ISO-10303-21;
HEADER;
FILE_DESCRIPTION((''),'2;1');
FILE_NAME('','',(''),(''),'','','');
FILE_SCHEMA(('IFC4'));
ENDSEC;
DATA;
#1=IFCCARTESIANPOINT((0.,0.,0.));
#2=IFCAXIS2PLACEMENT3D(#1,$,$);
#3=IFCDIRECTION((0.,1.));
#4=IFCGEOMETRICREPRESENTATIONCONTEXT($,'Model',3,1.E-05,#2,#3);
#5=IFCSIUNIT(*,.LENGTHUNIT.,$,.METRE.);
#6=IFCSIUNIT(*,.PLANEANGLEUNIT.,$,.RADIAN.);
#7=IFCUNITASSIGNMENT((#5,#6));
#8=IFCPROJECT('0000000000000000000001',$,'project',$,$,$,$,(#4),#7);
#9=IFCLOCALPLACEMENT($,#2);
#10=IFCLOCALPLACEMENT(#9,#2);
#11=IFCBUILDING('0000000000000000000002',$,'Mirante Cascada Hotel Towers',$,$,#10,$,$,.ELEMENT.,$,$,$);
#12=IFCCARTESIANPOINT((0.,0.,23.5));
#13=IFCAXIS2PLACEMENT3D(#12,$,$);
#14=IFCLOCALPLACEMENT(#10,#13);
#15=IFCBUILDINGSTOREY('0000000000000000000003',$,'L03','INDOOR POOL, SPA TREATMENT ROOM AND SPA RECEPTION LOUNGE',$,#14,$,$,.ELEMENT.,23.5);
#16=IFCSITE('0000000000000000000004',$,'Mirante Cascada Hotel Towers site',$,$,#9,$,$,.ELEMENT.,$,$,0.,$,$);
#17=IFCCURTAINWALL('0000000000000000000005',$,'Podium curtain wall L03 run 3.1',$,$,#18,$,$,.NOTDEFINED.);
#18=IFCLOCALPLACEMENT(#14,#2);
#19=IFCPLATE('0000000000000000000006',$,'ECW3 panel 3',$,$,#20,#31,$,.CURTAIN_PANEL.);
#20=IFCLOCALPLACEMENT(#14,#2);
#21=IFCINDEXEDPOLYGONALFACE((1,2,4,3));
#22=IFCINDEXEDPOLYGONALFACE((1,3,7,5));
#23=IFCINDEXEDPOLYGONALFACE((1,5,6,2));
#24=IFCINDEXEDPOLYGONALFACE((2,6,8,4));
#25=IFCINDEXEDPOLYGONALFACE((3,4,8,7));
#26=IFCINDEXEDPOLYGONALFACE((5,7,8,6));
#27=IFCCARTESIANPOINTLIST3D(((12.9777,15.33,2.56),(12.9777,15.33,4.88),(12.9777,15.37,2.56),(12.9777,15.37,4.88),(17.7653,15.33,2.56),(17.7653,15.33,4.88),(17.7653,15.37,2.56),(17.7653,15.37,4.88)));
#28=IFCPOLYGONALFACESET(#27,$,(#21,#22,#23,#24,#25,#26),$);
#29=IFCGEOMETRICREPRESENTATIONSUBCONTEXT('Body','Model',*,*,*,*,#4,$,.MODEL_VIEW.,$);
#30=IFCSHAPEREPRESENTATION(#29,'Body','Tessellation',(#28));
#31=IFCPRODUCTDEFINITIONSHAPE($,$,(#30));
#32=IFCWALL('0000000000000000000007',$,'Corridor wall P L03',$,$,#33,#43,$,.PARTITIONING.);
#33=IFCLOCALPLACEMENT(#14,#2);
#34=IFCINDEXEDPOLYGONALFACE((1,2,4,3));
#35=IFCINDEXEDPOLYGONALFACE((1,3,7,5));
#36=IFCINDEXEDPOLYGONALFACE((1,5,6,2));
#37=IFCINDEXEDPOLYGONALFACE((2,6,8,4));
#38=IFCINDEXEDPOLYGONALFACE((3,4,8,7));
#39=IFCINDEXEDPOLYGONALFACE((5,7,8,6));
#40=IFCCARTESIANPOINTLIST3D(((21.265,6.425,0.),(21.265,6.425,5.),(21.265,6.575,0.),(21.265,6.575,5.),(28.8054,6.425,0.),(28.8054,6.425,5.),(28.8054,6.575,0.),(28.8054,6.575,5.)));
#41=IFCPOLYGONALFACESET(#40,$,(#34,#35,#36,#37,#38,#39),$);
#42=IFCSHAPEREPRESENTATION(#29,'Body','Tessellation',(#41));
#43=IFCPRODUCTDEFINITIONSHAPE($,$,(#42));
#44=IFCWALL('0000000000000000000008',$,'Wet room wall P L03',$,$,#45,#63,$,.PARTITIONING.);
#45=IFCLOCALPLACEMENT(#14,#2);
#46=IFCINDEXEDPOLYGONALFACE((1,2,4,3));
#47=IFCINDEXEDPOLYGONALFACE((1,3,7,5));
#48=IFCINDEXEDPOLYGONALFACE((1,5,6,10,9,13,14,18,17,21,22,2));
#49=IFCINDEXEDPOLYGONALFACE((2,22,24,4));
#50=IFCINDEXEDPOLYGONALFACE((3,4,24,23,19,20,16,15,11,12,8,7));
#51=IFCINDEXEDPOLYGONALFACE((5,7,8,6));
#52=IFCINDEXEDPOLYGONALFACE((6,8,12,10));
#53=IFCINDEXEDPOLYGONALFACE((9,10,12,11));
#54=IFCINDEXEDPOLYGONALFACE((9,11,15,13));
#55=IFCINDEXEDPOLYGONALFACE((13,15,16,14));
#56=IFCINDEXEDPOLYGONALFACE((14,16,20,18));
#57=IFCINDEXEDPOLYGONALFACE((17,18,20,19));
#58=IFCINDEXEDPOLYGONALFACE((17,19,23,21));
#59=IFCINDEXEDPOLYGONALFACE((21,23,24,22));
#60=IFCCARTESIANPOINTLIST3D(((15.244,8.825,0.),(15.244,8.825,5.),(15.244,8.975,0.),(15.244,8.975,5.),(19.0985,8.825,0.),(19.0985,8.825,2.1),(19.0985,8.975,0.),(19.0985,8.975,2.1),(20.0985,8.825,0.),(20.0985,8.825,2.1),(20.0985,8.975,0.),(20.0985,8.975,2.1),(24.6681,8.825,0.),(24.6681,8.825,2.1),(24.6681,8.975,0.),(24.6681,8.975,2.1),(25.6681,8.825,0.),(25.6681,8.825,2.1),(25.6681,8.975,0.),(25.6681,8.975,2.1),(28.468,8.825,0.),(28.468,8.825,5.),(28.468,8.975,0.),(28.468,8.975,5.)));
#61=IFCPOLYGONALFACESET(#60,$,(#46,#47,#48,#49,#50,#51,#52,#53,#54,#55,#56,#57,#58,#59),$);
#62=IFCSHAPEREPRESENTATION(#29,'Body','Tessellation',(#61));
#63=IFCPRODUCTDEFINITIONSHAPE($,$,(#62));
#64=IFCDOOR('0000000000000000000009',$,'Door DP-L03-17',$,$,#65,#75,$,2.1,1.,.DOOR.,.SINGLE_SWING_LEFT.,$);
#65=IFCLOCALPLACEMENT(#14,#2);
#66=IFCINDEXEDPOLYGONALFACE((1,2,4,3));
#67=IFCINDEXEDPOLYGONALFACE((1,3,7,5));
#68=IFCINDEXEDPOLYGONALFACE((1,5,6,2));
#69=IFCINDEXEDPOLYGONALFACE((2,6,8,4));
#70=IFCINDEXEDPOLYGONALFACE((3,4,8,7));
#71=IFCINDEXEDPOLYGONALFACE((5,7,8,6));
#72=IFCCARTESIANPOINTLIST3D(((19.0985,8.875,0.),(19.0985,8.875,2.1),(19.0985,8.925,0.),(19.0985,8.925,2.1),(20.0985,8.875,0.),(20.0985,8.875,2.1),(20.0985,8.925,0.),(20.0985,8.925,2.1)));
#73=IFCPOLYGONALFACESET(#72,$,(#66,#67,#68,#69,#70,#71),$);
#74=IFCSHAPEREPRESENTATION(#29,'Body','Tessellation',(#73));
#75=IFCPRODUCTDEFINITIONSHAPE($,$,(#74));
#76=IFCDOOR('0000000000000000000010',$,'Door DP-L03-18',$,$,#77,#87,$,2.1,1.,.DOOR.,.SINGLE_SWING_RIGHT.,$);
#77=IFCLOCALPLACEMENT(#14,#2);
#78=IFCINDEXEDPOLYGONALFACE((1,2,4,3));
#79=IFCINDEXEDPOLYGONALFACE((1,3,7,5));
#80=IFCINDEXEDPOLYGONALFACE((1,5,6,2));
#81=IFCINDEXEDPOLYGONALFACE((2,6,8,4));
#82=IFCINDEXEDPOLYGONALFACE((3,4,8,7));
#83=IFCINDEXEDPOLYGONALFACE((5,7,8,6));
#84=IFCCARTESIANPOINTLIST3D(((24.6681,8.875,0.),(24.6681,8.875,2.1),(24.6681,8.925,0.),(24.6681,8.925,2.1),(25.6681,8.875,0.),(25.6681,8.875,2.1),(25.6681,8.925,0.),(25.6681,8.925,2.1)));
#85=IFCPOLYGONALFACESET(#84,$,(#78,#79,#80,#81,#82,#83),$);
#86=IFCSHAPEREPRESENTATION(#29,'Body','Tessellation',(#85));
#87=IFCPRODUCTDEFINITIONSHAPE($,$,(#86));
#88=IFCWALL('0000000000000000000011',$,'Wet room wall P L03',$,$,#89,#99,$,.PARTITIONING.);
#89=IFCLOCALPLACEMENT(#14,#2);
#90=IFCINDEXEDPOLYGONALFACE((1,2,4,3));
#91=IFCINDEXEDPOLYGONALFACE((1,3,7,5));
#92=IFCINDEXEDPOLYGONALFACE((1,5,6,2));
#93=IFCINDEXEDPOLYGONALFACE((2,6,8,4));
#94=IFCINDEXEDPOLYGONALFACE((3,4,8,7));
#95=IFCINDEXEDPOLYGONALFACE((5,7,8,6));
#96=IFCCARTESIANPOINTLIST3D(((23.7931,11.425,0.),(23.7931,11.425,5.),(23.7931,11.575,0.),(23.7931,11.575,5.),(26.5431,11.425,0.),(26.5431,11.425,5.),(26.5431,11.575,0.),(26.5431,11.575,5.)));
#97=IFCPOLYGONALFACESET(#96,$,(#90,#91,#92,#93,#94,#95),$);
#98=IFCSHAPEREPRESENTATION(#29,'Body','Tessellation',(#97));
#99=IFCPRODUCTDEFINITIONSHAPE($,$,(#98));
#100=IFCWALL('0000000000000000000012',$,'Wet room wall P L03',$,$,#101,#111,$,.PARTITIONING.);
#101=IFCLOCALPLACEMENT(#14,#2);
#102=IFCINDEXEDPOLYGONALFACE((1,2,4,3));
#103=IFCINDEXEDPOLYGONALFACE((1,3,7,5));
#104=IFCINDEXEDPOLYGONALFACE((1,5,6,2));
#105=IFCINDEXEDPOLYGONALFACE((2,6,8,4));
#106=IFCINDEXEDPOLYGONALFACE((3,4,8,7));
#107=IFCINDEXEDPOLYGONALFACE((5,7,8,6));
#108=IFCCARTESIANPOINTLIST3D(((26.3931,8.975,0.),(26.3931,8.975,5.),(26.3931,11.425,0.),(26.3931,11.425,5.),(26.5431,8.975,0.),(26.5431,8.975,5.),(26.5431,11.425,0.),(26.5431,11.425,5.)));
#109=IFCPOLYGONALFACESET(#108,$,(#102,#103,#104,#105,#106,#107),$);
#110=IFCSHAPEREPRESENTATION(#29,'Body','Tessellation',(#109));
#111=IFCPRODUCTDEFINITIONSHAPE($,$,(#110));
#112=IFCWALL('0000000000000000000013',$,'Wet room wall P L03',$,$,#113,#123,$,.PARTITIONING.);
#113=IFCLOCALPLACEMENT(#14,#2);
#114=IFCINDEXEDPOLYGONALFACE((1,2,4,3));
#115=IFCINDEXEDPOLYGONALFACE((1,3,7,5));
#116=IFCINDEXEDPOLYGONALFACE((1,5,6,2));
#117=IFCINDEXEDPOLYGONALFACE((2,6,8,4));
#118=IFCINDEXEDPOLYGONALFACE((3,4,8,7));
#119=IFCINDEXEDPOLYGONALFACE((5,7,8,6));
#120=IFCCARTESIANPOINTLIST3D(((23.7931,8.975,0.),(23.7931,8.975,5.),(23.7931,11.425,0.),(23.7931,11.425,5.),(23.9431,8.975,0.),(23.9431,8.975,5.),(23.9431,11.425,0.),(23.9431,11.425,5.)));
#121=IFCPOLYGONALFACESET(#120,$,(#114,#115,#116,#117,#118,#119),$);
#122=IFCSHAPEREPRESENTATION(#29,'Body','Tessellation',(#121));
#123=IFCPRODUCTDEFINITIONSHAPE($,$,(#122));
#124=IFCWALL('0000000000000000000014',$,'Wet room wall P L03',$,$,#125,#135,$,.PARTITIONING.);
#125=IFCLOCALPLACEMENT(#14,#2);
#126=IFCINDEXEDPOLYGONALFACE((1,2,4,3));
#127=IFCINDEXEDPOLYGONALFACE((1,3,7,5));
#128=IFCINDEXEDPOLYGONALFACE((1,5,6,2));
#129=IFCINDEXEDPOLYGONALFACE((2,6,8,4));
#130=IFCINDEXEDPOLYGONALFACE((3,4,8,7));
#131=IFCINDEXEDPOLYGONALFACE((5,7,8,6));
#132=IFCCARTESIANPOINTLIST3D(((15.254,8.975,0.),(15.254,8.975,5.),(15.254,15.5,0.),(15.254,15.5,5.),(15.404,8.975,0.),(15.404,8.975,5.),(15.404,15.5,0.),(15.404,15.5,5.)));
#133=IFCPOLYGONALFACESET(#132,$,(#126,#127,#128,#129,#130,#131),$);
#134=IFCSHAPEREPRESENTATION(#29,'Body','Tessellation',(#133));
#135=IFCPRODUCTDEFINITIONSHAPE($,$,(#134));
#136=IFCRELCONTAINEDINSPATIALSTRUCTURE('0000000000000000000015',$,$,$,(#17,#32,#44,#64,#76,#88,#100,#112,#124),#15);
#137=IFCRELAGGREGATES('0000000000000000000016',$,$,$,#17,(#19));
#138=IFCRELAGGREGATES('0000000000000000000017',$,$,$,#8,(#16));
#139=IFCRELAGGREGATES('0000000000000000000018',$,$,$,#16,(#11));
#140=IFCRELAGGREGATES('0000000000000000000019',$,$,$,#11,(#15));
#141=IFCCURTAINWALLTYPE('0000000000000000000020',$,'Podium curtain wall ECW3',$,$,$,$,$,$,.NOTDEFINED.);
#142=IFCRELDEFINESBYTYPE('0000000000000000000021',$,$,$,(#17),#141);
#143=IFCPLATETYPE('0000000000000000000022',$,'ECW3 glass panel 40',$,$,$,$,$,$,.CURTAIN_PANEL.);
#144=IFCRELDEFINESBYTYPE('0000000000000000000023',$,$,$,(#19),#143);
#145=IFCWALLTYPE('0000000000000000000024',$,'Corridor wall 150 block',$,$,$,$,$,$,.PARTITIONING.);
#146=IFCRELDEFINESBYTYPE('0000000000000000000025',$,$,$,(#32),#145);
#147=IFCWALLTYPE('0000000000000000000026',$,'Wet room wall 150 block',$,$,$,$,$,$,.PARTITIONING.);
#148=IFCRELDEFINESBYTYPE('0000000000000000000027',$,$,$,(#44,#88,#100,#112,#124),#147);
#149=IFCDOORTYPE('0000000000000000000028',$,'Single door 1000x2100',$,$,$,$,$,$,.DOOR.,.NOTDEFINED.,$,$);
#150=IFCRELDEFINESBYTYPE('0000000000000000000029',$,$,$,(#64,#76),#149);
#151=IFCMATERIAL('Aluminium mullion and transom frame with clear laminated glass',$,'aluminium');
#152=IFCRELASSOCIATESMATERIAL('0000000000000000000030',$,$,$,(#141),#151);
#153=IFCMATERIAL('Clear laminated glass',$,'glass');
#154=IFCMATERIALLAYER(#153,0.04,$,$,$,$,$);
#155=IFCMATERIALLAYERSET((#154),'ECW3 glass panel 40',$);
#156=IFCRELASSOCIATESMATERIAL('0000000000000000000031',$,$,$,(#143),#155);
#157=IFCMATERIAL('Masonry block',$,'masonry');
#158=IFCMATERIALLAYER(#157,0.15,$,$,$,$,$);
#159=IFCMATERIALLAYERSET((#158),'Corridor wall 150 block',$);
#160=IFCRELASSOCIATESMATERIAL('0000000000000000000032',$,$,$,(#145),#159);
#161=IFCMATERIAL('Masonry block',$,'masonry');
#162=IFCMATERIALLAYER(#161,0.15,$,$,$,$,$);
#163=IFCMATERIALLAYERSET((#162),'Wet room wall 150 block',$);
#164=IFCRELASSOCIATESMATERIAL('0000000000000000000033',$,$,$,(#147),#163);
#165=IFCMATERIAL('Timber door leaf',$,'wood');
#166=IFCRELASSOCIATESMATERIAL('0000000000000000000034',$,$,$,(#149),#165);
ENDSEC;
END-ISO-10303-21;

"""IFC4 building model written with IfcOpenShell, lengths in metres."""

from ifc_helpers import new_model, si_unit, direction, frame, frame_2d, origin, origin_2d, place, context, subcontext, project, spatial, rectangle, extrude, material, layer, layer_set, type_object, element, fill, aggregate, save


model = new_model("IFC4")

# Units and contexts
model_context = context("Model", 3, precision=1e-05, world=origin(), true_north=direction((0.0, 1.0)))
body_context = subcontext(model_context, "Body", "Model", "MODEL_VIEW")
ifc_project = project(units=[si_unit("LENGTHUNIT", "METRE"), si_unit("PLANEANGLEUNIT", "RADIAN")], contexts=[model_context])

# Site, building, storey
site_placement = place(None, origin())
site = spatial("IfcSite", under=ifc_project, at=site_placement, Name="Mirante Cascada Hotel Towers site", CompositionType="ELEMENT", RefElevation=0.0)
building_placement = place(site_placement, origin())
building = spatial("IfcBuilding", under=site, at=building_placement, Name="Mirante Cascada Hotel Towers", CompositionType="ELEMENT")
storey_placement = place(building_placement, frame((0.0, 0.0, 23.5)))
storey = spatial("IfcBuildingStorey", under=building, at=storey_placement, Name="L03", Description="INDOOR POOL, SPA TREATMENT ROOM AND SPA RECEPTION LOUNGE", CompositionType="ELEMENT", Elevation=23.5)

# Curtain wall, plate
ifc_material_1 = material(Name="Aluminium mullion and transom frame with clear laminated glass", Category="aluminium")
curtain_wall_type = type_object("IfcCurtainWallType", Name="Podium curtain wall ECW3", PredefinedType="NOTDEFINED", material=ifc_material_1)
curtain_wall_placement = place(storey_placement, origin())
curtain_wall = element("IfcCurtainWall", 1, at=curtain_wall_placement, inside=storey, type_object=curtain_wall_type, Name="Podium curtain wall L03 run 3.1", PredefinedType="NOTDEFINED")
ifc_material_2 = material(Name="Clear laminated glass", Category="glass")
ifc_layer_1 = layer(ifc_material_2, 0.04)
ifc_layer_set_1 = layer_set([ifc_layer_1], Name="ECW3 glass panel 40")
plate_type = type_object("IfcPlateType", Name="ECW3 glass panel 40", PredefinedType="CURTAIN_PANEL", material=ifc_layer_set_1)
plate_1_placement = place(storey_placement, frame((15.3715, 15.35, 2.56), z_axis=(0.0, 0.0, 1.0), x_axis=(-1.0, 0.0, 0.0)))
plate_1 = element("IfcPlate", 2, at=plate_1_placement, type_object=plate_type, Name="ECW3 panel 3", PredefinedType="CURTAIN_PANEL", context=body_context, shape_type="SweptSolid", body=[
    extrude(rectangle(XDim=4.7876, YDim=0.04, at=origin_2d()), origin(), (0.0, 0.0, 1.0), 2.32),
])
aggregate(curtain_wall, [plate_1])

# Wall
ifc_material_3 = material(Name="Masonry block", Category="masonry")
ifc_layer_2 = layer(ifc_material_3, 0.15)
ifc_layer_set_2 = layer_set([ifc_layer_2], Name="Corridor wall 150 block")
wall_type_1 = type_object("IfcWallType", Name="Corridor wall 150 block", PredefinedType="PARTITIONING", material=ifc_layer_set_2)
wall_1_placement = place(storey_placement, frame((21.265, 6.5, 0.0), z_axis=(0.0, 0.0, 1.0), x_axis=(1.0, 0.0, 0.0)))
element("IfcWall", 3, at=wall_1_placement, inside=storey, type_object=wall_type_1, Name="Corridor wall P L03", PredefinedType="PARTITIONING", context=body_context, shape_type="SweptSolid", body=[
    extrude(rectangle(XDim=7.5404, YDim=0.15, at=frame_2d((3.7702, 0.0))), origin(), (0.0, 0.0, 1.0), 5.0),
])

# Wall, openings, doors
ifc_material_4 = material(Name="Masonry block", Category="masonry")
ifc_layer_3 = layer(ifc_material_4, 0.15)
ifc_layer_set_3 = layer_set([ifc_layer_3], Name="Wet room wall 150 block")
wall_type_2 = type_object("IfcWallType", Name="Wet room wall 150 block", PredefinedType="PARTITIONING", material=ifc_layer_set_3)
wall_2_placement = place(storey_placement, frame((15.244, 8.9, 0.0), z_axis=(0.0, 0.0, 1.0), x_axis=(1.0, 0.0, 0.0)))
wall_2 = element("IfcWall", 4, at=wall_2_placement, inside=storey, type_object=wall_type_2, Name="Wet room wall P L03", PredefinedType="PARTITIONING", context=body_context, shape_type="SweptSolid", body=[
    extrude(rectangle(XDim=13.2241, YDim=0.15, at=frame_2d((6.612, 0.0))), origin(), (0.0, 0.0, 1.0), 5.0),
])
opening_1_placement = place(wall_2_placement, frame((3.8545, 0.0, 0.0)))
opening_1 = element("IfcOpeningElement", 5, at=opening_1_placement, cuts=wall_2, PredefinedType="OPENING", context=body_context, shape_type="SweptSolid", body=[
    extrude(rectangle(XDim=1.0, YDim=2.1, at=frame_2d((0.5, 1.05))), frame((0.0, 0.075, 0.0), z_axis=(0.0, -1.0, 0.0), x_axis=(1.0, 0.0, 0.0)), (0.0, 0.0, 1.0), 0.15),
])
opening_2_placement = place(wall_2_placement, frame((9.4241, 0.0, 0.0)))
opening_2 = element("IfcOpeningElement", 6, at=opening_2_placement, cuts=wall_2, PredefinedType="OPENING", context=body_context, shape_type="SweptSolid", body=[
    extrude(rectangle(XDim=1.0, YDim=2.1, at=frame_2d((0.5, 1.05))), frame((0.0, 0.075, 0.0), z_axis=(0.0, -1.0, 0.0), x_axis=(1.0, 0.0, 0.0)), (0.0, 0.0, 1.0), 0.15),
])
ifc_material_5 = material(Name="Timber door leaf", Category="wood")
door_type = type_object("IfcDoorType", Name="Single door 1000x2100", OperationType="NOTDEFINED", PredefinedType="DOOR", material=ifc_material_5)
door_1_placement = place(opening_1_placement, origin())
door_1 = element("IfcDoor", 7, at=door_1_placement, inside=storey, type_object=door_type, Name="Door DP-L03-17", OperationType="SINGLE_SWING_LEFT", OverallHeight=2.1, OverallWidth=1.0, PredefinedType="DOOR", context=body_context, shape_type="SweptSolid", body=[
    extrude(rectangle(XDim=1.0, YDim=2.1, at=frame_2d((0.5, 1.05))), frame((0.0, 0.025, 0.0), z_axis=(0.0, -1.0, 0.0), x_axis=(1.0, 0.0, 0.0)), (0.0, 0.0, 1.0), 0.05),
])
fill(opening_1, door_1)
door_2_placement = place(opening_2_placement, origin())
door_2 = element("IfcDoor", 8, at=door_2_placement, inside=storey, type_object=door_type, Name="Door DP-L03-18", OperationType="SINGLE_SWING_RIGHT", OverallHeight=2.1, OverallWidth=1.0, PredefinedType="DOOR", context=body_context, shape_type="SweptSolid", body=[
    extrude(rectangle(XDim=1.0, YDim=2.1, at=frame_2d((0.5, 1.05))), frame((0.0, 0.025, 0.0), z_axis=(0.0, -1.0, 0.0), x_axis=(1.0, 0.0, 0.0)), (0.0, 0.0, 1.0), 0.05),
])
fill(opening_2, door_2)

# Walls
wall_3_placement = place(storey_placement, frame((23.7931, 11.5, 0.0), z_axis=(0.0, 0.0, 1.0), x_axis=(1.0, 0.0, 0.0)))
element("IfcWall", 9, at=wall_3_placement, inside=storey, type_object=wall_type_2, Name="Wet room wall P L03", PredefinedType="PARTITIONING", context=body_context, shape_type="SweptSolid", body=[
    extrude(rectangle(XDim=2.75, YDim=0.15, at=frame_2d((1.375, 0.0))), origin(), (0.0, 0.0, 1.0), 5.0),
])
for number, where, z_axis, x_axis, name in (
    (10, (26.4681, 8.975, 0.0), (0.0, 0.0, 1.0), (0.0, 1.0, 0.0), "Wet room wall P L03"),
    (11, (23.8681, 8.975, 0.0), (0.0, 0.0, 1.0), (0.0, 1.0, 0.0), "Wet room wall P L03"),
):
    element("IfcWall", number, at=place(storey_placement, frame(where, z_axis=z_axis, x_axis=x_axis)), inside=storey, type_object=wall_type_2, Name=name, PredefinedType="PARTITIONING", context=body_context, shape_type="SweptSolid", body=[
        extrude(rectangle(XDim=2.45, YDim=0.15, at=frame_2d((1.225, 0.0))), origin(), (0.0, 0.0, 1.0), 5.0),
    ])
wall_4_placement = place(storey_placement, frame((15.329, 8.975, 0.0), z_axis=(0.0, 0.0, 1.0), x_axis=(0.0, 1.0, 0.0)))
element("IfcWall", 12, at=wall_4_placement, inside=storey, type_object=wall_type_2, Name="Wet room wall P L03", PredefinedType="PARTITIONING", context=body_context, shape_type="SweptSolid", body=[
    extrude(rectangle(XDim=6.525, YDim=0.15, at=frame_2d((3.2625, 0.0))), origin(), (0.0, 0.0, 1.0), 5.0),
])

save(model, "model.ifc")
